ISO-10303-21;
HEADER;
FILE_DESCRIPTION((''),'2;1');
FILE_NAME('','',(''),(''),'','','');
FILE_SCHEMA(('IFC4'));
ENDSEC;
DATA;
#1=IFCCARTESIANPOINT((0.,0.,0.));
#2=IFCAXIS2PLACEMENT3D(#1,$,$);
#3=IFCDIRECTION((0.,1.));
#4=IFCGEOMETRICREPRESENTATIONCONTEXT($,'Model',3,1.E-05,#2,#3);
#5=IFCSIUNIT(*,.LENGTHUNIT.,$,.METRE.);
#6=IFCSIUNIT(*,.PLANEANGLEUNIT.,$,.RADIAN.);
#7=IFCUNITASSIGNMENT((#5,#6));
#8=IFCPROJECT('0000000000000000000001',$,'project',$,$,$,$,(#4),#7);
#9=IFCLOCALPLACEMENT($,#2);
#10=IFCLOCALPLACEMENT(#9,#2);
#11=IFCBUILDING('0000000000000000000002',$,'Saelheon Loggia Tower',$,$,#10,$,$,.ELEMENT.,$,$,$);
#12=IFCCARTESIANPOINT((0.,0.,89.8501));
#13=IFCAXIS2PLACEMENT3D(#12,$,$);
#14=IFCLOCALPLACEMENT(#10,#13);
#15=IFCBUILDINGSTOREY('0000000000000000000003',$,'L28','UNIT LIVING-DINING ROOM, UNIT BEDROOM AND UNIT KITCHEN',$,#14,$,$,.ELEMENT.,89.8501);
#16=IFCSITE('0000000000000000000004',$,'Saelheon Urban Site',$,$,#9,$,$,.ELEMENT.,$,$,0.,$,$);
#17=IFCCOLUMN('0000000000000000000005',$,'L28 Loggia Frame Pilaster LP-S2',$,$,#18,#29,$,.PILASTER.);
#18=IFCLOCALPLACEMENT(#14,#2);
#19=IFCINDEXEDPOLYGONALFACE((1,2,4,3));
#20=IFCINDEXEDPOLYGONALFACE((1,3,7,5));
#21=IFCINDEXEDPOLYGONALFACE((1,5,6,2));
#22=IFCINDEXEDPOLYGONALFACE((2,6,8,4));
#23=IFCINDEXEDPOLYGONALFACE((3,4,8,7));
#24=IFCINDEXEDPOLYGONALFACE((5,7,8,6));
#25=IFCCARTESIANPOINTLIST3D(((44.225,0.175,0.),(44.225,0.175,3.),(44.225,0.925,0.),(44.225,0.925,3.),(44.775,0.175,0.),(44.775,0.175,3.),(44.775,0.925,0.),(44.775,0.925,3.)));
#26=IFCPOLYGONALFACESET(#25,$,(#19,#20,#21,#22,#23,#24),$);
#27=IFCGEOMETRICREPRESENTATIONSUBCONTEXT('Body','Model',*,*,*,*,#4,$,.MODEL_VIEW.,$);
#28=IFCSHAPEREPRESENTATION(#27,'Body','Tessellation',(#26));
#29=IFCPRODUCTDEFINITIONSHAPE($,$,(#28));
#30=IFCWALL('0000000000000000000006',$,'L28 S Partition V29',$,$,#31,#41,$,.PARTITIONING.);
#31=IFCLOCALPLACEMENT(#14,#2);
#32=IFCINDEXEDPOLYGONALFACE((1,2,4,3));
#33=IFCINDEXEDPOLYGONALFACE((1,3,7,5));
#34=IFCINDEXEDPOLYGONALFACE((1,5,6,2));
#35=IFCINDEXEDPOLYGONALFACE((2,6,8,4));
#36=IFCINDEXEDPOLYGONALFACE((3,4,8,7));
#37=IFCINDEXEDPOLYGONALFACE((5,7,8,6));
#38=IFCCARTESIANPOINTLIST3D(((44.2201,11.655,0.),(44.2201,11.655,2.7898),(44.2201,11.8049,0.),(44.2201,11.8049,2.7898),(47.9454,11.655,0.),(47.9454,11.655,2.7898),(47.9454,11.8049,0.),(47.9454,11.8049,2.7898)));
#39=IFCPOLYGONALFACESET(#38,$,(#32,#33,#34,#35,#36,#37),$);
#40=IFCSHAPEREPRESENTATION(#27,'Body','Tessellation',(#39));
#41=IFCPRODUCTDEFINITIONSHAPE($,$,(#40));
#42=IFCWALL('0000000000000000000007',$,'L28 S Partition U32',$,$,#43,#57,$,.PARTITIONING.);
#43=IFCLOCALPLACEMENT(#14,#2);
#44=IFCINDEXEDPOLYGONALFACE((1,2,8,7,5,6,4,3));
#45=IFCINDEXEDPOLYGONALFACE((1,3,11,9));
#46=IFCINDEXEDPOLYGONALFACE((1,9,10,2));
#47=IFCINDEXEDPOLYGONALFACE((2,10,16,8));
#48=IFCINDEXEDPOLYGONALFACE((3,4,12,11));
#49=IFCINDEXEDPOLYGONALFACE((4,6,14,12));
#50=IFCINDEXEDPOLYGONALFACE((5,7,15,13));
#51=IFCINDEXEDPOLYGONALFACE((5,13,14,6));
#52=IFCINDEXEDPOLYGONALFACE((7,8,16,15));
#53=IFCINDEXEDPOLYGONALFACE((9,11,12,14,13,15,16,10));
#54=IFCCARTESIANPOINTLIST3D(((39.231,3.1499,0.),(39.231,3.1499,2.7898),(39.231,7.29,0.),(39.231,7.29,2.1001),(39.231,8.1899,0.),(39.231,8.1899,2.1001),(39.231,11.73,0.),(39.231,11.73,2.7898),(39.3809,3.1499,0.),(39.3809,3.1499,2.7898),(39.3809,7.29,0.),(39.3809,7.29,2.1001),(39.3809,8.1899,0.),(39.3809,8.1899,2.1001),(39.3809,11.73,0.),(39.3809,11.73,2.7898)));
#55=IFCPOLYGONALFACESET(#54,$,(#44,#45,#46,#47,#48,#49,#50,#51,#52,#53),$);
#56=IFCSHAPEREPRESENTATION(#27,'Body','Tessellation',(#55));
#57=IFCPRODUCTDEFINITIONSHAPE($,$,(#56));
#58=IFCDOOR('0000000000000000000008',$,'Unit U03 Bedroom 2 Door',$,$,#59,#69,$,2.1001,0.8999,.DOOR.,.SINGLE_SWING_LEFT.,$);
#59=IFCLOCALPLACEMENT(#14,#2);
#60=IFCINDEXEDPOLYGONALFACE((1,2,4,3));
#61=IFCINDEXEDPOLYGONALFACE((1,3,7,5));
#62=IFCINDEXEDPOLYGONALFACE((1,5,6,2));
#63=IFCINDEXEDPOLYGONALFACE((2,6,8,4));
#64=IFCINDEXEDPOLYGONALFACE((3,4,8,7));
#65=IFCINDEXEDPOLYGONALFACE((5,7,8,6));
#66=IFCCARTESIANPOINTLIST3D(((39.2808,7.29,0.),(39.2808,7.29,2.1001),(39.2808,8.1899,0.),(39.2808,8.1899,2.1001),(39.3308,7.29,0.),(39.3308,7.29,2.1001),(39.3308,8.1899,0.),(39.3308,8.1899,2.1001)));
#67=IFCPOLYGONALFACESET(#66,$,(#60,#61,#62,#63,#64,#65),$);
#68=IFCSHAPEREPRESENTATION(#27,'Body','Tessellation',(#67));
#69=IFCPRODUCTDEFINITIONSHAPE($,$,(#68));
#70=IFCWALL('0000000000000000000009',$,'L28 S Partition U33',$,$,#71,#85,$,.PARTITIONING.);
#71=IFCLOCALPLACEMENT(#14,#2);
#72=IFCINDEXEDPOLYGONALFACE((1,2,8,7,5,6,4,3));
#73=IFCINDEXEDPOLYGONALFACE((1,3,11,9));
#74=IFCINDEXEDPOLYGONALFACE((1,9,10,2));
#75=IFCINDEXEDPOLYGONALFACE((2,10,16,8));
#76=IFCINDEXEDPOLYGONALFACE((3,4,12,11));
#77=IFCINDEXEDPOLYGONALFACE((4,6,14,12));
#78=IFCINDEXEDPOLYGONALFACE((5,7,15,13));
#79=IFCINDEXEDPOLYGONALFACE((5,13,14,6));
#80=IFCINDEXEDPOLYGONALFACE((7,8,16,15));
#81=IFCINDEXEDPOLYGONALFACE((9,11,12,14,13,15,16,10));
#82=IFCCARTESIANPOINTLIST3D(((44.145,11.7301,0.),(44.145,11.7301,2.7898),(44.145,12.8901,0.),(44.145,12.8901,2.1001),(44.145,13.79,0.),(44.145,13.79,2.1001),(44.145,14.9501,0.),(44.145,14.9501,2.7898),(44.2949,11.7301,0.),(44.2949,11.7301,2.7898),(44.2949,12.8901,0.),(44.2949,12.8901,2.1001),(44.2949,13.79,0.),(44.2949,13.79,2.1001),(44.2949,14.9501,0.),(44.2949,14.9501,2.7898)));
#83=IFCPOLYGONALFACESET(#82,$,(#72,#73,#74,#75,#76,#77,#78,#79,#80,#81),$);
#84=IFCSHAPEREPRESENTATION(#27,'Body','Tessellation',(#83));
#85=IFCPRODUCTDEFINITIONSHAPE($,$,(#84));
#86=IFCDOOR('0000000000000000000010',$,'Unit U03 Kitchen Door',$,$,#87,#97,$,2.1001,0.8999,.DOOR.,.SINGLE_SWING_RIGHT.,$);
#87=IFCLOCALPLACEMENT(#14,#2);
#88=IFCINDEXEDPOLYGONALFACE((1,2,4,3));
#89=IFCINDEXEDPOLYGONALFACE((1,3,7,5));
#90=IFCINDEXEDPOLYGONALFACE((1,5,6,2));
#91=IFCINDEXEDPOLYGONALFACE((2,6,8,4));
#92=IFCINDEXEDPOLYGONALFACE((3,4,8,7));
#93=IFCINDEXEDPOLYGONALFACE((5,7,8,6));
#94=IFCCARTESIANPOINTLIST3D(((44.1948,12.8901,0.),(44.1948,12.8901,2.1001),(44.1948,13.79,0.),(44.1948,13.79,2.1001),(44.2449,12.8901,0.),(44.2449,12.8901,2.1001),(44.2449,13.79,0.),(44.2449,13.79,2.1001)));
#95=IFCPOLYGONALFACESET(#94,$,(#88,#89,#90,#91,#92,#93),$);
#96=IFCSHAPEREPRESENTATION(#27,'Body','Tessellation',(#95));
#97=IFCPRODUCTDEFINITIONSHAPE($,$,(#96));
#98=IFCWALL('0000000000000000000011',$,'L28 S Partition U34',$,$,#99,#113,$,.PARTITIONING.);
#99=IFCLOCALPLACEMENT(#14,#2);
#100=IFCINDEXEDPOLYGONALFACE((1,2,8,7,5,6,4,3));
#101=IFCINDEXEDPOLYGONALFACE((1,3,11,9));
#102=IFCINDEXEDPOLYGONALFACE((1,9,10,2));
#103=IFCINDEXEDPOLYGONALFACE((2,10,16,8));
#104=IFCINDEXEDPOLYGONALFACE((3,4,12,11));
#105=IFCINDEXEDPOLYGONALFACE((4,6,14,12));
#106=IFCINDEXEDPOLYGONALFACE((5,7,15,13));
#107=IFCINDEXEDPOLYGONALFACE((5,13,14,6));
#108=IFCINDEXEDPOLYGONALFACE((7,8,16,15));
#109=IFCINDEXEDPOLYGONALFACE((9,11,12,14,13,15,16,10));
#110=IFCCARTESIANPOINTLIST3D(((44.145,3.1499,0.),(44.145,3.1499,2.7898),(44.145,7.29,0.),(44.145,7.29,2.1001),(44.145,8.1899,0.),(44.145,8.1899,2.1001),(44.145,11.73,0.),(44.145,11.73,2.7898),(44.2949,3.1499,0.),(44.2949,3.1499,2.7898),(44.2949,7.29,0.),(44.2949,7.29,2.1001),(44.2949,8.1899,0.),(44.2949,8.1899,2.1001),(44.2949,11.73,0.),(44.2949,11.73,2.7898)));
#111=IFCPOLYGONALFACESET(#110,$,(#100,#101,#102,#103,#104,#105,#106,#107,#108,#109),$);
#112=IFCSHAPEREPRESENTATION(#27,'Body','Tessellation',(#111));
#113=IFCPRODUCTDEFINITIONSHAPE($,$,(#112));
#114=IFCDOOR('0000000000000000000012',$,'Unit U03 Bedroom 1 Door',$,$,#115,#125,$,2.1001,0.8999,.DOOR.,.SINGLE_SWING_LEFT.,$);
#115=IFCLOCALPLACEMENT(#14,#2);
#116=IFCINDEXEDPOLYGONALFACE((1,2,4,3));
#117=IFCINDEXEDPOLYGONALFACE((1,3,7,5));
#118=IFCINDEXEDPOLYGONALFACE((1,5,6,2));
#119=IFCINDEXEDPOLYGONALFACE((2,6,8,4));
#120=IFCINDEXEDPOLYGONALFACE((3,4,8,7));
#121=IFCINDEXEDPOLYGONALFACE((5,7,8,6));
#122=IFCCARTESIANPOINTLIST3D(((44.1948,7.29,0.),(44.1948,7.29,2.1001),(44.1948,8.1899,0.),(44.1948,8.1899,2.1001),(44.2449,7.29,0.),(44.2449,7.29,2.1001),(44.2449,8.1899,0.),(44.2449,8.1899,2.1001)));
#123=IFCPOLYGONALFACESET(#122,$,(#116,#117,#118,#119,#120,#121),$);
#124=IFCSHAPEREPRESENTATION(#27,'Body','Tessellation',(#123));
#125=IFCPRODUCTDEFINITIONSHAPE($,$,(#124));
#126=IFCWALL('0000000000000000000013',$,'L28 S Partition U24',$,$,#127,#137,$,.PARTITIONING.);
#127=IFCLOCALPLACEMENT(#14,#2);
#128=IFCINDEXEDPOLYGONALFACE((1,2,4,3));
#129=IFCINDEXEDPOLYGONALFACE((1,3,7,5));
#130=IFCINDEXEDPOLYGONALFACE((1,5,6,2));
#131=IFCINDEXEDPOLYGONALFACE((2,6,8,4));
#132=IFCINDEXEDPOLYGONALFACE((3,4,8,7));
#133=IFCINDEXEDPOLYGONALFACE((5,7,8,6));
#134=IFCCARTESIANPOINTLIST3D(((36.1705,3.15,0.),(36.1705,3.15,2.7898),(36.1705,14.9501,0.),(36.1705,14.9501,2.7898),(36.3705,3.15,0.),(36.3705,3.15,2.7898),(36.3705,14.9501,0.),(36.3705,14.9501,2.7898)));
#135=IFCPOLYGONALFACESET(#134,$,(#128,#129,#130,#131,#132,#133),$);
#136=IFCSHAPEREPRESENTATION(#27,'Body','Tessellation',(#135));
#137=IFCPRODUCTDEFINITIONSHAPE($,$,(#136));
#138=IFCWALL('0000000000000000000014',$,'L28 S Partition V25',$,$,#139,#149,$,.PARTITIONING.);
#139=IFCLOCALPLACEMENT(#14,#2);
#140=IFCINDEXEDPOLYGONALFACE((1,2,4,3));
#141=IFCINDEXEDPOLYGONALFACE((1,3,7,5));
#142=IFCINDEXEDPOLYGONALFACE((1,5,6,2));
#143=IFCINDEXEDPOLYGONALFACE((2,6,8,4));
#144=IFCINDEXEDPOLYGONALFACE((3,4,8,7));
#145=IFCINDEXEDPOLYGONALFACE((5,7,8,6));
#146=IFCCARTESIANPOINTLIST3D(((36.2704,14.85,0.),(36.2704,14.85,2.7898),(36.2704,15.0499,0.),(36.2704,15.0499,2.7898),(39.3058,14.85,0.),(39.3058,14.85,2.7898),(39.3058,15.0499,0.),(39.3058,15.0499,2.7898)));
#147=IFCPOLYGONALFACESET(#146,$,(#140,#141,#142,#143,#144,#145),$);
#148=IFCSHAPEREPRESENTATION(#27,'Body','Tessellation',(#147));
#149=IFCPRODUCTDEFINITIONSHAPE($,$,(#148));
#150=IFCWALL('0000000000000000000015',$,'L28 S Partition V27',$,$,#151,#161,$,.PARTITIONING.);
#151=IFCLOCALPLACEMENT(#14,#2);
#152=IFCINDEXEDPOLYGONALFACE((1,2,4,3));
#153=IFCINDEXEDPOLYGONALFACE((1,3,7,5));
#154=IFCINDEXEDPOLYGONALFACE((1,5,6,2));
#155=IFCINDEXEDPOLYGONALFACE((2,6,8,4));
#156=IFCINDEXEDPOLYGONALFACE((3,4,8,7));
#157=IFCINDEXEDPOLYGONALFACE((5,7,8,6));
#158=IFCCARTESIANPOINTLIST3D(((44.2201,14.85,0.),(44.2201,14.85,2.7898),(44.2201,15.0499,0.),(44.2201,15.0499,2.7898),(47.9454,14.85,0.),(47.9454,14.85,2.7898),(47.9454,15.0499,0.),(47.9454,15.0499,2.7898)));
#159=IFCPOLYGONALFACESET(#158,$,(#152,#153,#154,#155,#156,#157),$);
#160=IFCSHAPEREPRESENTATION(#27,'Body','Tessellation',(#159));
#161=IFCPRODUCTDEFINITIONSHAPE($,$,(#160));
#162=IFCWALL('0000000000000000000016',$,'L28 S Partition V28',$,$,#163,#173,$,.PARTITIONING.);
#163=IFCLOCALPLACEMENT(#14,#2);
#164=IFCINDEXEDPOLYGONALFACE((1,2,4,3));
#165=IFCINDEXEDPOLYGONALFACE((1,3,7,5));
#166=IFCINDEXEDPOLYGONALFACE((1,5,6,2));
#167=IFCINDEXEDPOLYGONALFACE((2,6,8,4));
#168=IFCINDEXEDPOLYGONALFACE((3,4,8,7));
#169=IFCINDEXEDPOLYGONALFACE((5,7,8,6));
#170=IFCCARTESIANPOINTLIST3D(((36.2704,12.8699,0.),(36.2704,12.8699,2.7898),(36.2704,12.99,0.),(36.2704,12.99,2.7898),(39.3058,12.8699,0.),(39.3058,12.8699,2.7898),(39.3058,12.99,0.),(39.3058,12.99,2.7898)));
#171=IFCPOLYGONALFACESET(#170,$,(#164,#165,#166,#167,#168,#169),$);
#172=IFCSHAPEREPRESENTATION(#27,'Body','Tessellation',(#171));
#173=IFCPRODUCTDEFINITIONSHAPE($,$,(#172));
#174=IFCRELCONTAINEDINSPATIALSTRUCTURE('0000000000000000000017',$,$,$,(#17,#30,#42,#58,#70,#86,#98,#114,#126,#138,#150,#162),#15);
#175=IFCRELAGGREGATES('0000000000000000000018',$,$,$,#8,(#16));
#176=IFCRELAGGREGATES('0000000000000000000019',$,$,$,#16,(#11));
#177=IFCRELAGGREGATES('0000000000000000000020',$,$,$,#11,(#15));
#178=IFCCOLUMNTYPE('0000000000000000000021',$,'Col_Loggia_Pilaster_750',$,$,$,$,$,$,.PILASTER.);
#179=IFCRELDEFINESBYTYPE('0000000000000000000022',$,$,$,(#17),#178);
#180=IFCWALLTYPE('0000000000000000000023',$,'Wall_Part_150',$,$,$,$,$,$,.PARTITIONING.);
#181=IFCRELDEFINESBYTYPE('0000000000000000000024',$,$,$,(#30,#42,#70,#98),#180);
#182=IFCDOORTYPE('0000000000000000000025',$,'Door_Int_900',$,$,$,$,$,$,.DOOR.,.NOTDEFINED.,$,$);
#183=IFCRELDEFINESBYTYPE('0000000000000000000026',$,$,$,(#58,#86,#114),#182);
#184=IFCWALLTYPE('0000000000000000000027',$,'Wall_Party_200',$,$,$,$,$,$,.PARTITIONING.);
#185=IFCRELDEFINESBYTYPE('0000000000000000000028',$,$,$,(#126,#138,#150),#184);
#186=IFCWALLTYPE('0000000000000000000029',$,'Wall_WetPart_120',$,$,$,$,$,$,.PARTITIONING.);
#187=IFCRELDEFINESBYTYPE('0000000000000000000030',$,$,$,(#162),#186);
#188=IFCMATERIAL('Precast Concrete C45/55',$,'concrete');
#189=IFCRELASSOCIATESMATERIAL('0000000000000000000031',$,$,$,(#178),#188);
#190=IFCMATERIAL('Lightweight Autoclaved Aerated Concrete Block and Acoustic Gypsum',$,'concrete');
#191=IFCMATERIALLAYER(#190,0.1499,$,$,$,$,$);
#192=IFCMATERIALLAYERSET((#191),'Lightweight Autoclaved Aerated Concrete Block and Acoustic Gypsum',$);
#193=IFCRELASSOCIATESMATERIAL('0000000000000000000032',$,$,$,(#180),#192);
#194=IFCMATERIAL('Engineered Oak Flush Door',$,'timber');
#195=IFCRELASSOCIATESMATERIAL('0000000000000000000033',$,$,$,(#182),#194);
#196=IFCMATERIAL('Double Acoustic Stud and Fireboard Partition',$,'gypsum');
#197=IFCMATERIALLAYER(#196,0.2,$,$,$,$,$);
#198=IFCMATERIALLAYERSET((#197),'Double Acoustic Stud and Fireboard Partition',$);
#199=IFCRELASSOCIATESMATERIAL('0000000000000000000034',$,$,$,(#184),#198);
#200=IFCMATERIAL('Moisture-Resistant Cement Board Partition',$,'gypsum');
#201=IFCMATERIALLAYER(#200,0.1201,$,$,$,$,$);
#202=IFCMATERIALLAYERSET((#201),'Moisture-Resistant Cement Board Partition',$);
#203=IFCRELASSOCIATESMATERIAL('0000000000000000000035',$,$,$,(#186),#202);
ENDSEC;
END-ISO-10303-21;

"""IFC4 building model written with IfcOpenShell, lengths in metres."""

from ifc_helpers import new_model, si_unit, direction, frame, frame_2d, origin, origin_2d, place, context, subcontext, project, spatial, rectangle, extrude, source, transform, mapped, material, layer, layer_set, material_profile, profile_set, type_object, element, fill, save


model = new_model("IFC4")

# Units and contexts
model_context = context("Model", 3, precision=1e-05, world=origin(), true_north=direction((0.0, 1.0)))
body_context = subcontext(model_context, "Body", "Model", "MODEL_VIEW")
ifc_project = project(units=[si_unit("LENGTHUNIT", "METRE"), si_unit("PLANEANGLEUNIT", "RADIAN")], contexts=[model_context])

# Site, building, storey
site_placement = place(None, origin())
site = spatial("IfcSite", under=ifc_project, at=site_placement, Name="Saelheon Urban Site", CompositionType="ELEMENT", RefElevation=0.0)
building_placement = place(site_placement, origin())
building = spatial("IfcBuilding", under=site, at=building_placement, Name="Saelheon Loggia Tower", CompositionType="ELEMENT")
storey_placement = place(building_placement, frame((0.0, 0.0, 89.8501)))
storey = spatial("IfcBuildingStorey", under=building, at=storey_placement, Name="L28", Description="UNIT LIVING-DINING ROOM, UNIT BEDROOM AND UNIT KITCHEN", CompositionType="ELEMENT", Elevation=89.8501)

# Column
ifc_material_1 = material(Name="Precast Concrete C45/55", Category="concrete")
ifc_material_profile = material_profile(ifc_material_1, rectangle(XDim=0.55, YDim=0.75, at=origin_2d()), Name="RC-550x750")
ifc_profile_set = profile_set([ifc_material_profile], Name="Precast Concrete C45/55")
column_type = type_object("IfcColumnType", Name="Col_Loggia_Pilaster_750", PredefinedType="PILASTER", material=ifc_profile_set)
shared_shape_1 = source(origin(), body_context, "Body", "SweptSolid", [
    extrude(rectangle(XDim=0.55, YDim=0.75, at=origin_2d()), origin(), (0.0, 0.0, 1.0), 3.0),
])
column_placement = place(storey_placement, frame((44.5, 0.55, 0.0), z_axis=(0.0, 0.0, 1.0), x_axis=(1.0, 0.0, 0.0)))
element("IfcColumn", 1, at=column_placement, inside=storey, type_object=column_type, Name="L28 Loggia Frame Pilaster LP-S2", PredefinedType="PILASTER", context=body_context, shape_type="MappedRepresentation", body=[
    mapped(shared_shape_1, transform((0.0, 0.0, 0.0), scale=1.0)),
])

# Wall
ifc_material_2 = material(Name="Lightweight Autoclaved Aerated Concrete Block and Acoustic Gypsum", Category="concrete")
ifc_layer_1 = layer(ifc_material_2, 0.1499)
ifc_layer_set_1 = layer_set([ifc_layer_1], Name="Lightweight Autoclaved Aerated Concrete Block and Acoustic Gypsum")
wall_type_1 = type_object("IfcWallType", Name="Wall_Part_150", PredefinedType="PARTITIONING", material=ifc_layer_set_1)
wall_1_placement = place(storey_placement, frame((44.22, 11.73, 0.0), z_axis=(0.0, 0.0, 1.0), x_axis=(1.0, 0.0, 0.0)))
element("IfcWall", 2, at=wall_1_placement, inside=storey, type_object=wall_type_1, Name="L28 S Partition V29", PredefinedType="PARTITIONING", context=body_context, shape_type="SweptSolid", body=[
    extrude(rectangle(XDim=3.7253, YDim=0.1499, at=frame_2d((1.8628, 0.0))), origin(), (0.0, 0.0, 1.0), 2.7898),
])

# Walls, openings, doors
wall_2_placement = place(storey_placement, frame((39.3059, 11.73, 0.0), z_axis=(0.0, 0.0, 1.0), x_axis=(0.0, -1.0, 0.0)))
wall_2 = element("IfcWall", 3, at=wall_2_placement, inside=storey, type_object=wall_type_1, Name="L28 S Partition U32", PredefinedType="PARTITIONING", context=body_context, shape_type="SweptSolid", body=[
    extrude(rectangle(XDim=8.5801, YDim=0.1499, at=frame_2d((4.29, 0.0))), origin(), (0.0, 0.0, 1.0), 2.7898),
])
opening_1_placement = place(wall_2_placement, frame((3.54, 0.0, 0.0)))
opening_1 = element("IfcOpeningElement", 4, at=opening_1_placement, cuts=wall_2, PredefinedType="OPENING", context=body_context, shape_type="SweptSolid", body=[
    extrude(rectangle(XDim=0.8999, YDim=2.1001, at=frame_2d((0.45, 1.05))), frame((0.0, 0.0869, 0.0), z_axis=(0.0, -1.0, 0.0), x_axis=(1.0, 0.0, 0.0)), (0.0, 0.0, 1.0), 0.1738),
])
ifc_material_3 = material(Name="Engineered Oak Flush Door", Category="timber")
door_type_1 = type_object("IfcDoorType", Name="Door_Int_900", OperationType="NOTDEFINED", PredefinedType="DOOR", material=ifc_material_3)
shared_shape_2 = source(origin(), body_context, "Body", "SweptSolid", [
    extrude(rectangle(XDim=0.8999, YDim=2.1001, at=frame_2d((0.45, 1.05))), frame((0.0, 0.0249, 0.0), z_axis=(0.0, -1.0, 0.0), x_axis=(1.0, 0.0, 0.0)), (0.0, 0.0, 1.0), 0.05),
])
door_1_placement = place(opening_1_placement, origin())
door_1 = element("IfcDoor", 5, at=door_1_placement, inside=storey, type_object=door_type_1, Name="Unit U03 Bedroom 2 Door", OperationType="SINGLE_SWING_LEFT", OverallHeight=2.1001, OverallWidth=0.8999, PredefinedType="DOOR", context=body_context, shape_type="MappedRepresentation", body=[
    mapped(shared_shape_2, transform((0.0, 0.0, 0.0), scale=1.0)),
])
fill(opening_1, door_1)
wall_3_placement = place(storey_placement, frame((44.22, 14.95, 0.0), z_axis=(0.0, 0.0, 1.0), x_axis=(0.0, -1.0, 0.0)))
wall_3 = element("IfcWall", 6, at=wall_3_placement, inside=storey, type_object=wall_type_1, Name="L28 S Partition U33", PredefinedType="PARTITIONING", context=body_context, shape_type="SweptSolid", body=[
    extrude(rectangle(XDim=3.22, YDim=0.1499, at=frame_2d((1.6099, 0.0))), origin(), (0.0, 0.0, 1.0), 2.7898),
])
opening_2_placement = place(wall_3_placement, frame((1.1599, 0.0, 0.0)))
opening_2 = element("IfcOpeningElement", 7, at=opening_2_placement, cuts=wall_3, PredefinedType="OPENING", context=body_context, shape_type="SweptSolid", body=[
    extrude(rectangle(XDim=0.8999, YDim=2.1001, at=frame_2d((0.45, 1.05))), frame((0.0, 0.0869, 0.0), z_axis=(0.0, -1.0, 0.0), x_axis=(1.0, 0.0, 0.0)), (0.0, 0.0, 1.0), 0.1738),
])
door_2_placement = place(opening_2_placement, origin())
door_2 = element("IfcDoor", 8, at=door_2_placement, inside=storey, type_object=door_type_1, Name="Unit U03 Kitchen Door", OperationType="SINGLE_SWING_RIGHT", OverallHeight=2.1001, OverallWidth=0.8999, PredefinedType="DOOR", context=body_context, shape_type="MappedRepresentation", body=[
    mapped(shared_shape_2, transform((0.0, 0.0, 0.0), scale=1.0)),
])
fill(opening_2, door_2)
wall_4_placement = place(storey_placement, frame((44.22, 11.73, 0.0), z_axis=(0.0, 0.0, 1.0), x_axis=(0.0, -1.0, 0.0)))
wall_4 = element("IfcWall", 9, at=wall_4_placement, inside=storey, type_object=wall_type_1, Name="L28 S Partition U34", PredefinedType="PARTITIONING", context=body_context, shape_type="SweptSolid", body=[
    extrude(rectangle(XDim=8.5801, YDim=0.1499, at=frame_2d((4.29, 0.0))), origin(), (0.0, 0.0, 1.0), 2.7898),
])
opening_3_placement = place(wall_4_placement, frame((3.54, 0.0, 0.0)))
opening_3 = element("IfcOpeningElement", 10, at=opening_3_placement, cuts=wall_4, PredefinedType="OPENING", context=body_context, shape_type="SweptSolid", body=[
    extrude(rectangle(XDim=0.8999, YDim=2.1001, at=frame_2d((0.45, 1.05))), frame((0.0, 0.0869, 0.0), z_axis=(0.0, -1.0, 0.0), x_axis=(1.0, 0.0, 0.0)), (0.0, 0.0, 1.0), 0.1738),
])
door_3_placement = place(opening_3_placement, origin())
door_3 = element("IfcDoor", 11, at=door_3_placement, inside=storey, type_object=door_type_1, Name="Unit U03 Bedroom 1 Door", OperationType="SINGLE_SWING_LEFT", OverallHeight=2.1001, OverallWidth=0.8999, PredefinedType="DOOR", context=body_context, shape_type="MappedRepresentation", body=[
    mapped(shared_shape_2, transform((0.0, 0.0, 0.0), scale=1.0)),
])
fill(opening_3, door_3)

# Walls
ifc_material_4 = material(Name="Double Acoustic Stud and Fireboard Partition", Category="gypsum")
ifc_layer_2 = layer(ifc_material_4, 0.2)
ifc_layer_set_2 = layer_set([ifc_layer_2], Name="Double Acoustic Stud and Fireboard Partition")
wall_type_2 = type_object("IfcWallType", Name="Wall_Party_200", PredefinedType="PARTITIONING", material=ifc_layer_set_2)
wall_5_placement = place(storey_placement, frame((36.2705, 14.95, 0.0), z_axis=(0.0, 0.0, 1.0), x_axis=(0.0, -1.0, 0.0)))
element("IfcWall", 12, at=wall_5_placement, inside=storey, type_object=wall_type_2, Name="L28 S Partition U24", PredefinedType="PARTITIONING", context=body_context, shape_type="SweptSolid", body=[
    extrude(rectangle(XDim=11.8, YDim=0.2, at=frame_2d((5.8999, 0.0))), origin(), (0.0, 0.0, 1.0), 2.7898),
])
wall_6_placement = place(storey_placement, frame((36.2705, 14.95, 0.0), z_axis=(0.0, 0.0, 1.0), x_axis=(1.0, 0.0, 0.0)))
element("IfcWall", 13, at=wall_6_placement, inside=storey, type_object=wall_type_2, Name="L28 S Partition V25", PredefinedType="PARTITIONING", context=body_context, shape_type="SweptSolid", body=[
    extrude(rectangle(XDim=3.0354, YDim=0.2, at=frame_2d((1.5176, 0.0))), origin(), (0.0, 0.0, 1.0), 2.7898),
])

# Walls
wall_7_placement = place(storey_placement, frame((44.22, 14.95, 0.0), z_axis=(0.0, 0.0, 1.0), x_axis=(1.0, 0.0, 0.0)))
element("IfcWall", 14, at=wall_7_placement, inside=storey, type_object=wall_type_2, Name="L28 S Partition V27", PredefinedType="PARTITIONING", context=body_context, shape_type="SweptSolid", body=[
    extrude(rectangle(XDim=3.7253, YDim=0.2, at=frame_2d((1.8628, 0.0))), origin(), (0.0, 0.0, 1.0), 2.7898),
])
ifc_material_5 = material(Name="Moisture-Resistant Cement Board Partition", Category="gypsum")
ifc_layer_3 = layer(ifc_material_5, 0.1201)
ifc_layer_set_3 = layer_set([ifc_layer_3], Name="Moisture-Resistant Cement Board Partition")
wall_type_3 = type_object("IfcWallType", Name="Wall_WetPart_120", PredefinedType="PARTITIONING", material=ifc_layer_set_3)
wall_8_placement = place(storey_placement, frame((36.2705, 12.9299, 0.0), z_axis=(0.0, 0.0, 1.0), x_axis=(1.0, 0.0, 0.0)))
element("IfcWall", 15, at=wall_8_placement, inside=storey, type_object=wall_type_3, Name="L28 S Partition V28", PredefinedType="PARTITIONING", context=body_context, shape_type="SweptSolid", body=[
    extrude(rectangle(XDim=3.0354, YDim=0.1201, at=frame_2d((1.5176, 0.0))), origin(), (0.0, 0.0, 1.0), 2.7898),
])

save(model, "model.ifc")
